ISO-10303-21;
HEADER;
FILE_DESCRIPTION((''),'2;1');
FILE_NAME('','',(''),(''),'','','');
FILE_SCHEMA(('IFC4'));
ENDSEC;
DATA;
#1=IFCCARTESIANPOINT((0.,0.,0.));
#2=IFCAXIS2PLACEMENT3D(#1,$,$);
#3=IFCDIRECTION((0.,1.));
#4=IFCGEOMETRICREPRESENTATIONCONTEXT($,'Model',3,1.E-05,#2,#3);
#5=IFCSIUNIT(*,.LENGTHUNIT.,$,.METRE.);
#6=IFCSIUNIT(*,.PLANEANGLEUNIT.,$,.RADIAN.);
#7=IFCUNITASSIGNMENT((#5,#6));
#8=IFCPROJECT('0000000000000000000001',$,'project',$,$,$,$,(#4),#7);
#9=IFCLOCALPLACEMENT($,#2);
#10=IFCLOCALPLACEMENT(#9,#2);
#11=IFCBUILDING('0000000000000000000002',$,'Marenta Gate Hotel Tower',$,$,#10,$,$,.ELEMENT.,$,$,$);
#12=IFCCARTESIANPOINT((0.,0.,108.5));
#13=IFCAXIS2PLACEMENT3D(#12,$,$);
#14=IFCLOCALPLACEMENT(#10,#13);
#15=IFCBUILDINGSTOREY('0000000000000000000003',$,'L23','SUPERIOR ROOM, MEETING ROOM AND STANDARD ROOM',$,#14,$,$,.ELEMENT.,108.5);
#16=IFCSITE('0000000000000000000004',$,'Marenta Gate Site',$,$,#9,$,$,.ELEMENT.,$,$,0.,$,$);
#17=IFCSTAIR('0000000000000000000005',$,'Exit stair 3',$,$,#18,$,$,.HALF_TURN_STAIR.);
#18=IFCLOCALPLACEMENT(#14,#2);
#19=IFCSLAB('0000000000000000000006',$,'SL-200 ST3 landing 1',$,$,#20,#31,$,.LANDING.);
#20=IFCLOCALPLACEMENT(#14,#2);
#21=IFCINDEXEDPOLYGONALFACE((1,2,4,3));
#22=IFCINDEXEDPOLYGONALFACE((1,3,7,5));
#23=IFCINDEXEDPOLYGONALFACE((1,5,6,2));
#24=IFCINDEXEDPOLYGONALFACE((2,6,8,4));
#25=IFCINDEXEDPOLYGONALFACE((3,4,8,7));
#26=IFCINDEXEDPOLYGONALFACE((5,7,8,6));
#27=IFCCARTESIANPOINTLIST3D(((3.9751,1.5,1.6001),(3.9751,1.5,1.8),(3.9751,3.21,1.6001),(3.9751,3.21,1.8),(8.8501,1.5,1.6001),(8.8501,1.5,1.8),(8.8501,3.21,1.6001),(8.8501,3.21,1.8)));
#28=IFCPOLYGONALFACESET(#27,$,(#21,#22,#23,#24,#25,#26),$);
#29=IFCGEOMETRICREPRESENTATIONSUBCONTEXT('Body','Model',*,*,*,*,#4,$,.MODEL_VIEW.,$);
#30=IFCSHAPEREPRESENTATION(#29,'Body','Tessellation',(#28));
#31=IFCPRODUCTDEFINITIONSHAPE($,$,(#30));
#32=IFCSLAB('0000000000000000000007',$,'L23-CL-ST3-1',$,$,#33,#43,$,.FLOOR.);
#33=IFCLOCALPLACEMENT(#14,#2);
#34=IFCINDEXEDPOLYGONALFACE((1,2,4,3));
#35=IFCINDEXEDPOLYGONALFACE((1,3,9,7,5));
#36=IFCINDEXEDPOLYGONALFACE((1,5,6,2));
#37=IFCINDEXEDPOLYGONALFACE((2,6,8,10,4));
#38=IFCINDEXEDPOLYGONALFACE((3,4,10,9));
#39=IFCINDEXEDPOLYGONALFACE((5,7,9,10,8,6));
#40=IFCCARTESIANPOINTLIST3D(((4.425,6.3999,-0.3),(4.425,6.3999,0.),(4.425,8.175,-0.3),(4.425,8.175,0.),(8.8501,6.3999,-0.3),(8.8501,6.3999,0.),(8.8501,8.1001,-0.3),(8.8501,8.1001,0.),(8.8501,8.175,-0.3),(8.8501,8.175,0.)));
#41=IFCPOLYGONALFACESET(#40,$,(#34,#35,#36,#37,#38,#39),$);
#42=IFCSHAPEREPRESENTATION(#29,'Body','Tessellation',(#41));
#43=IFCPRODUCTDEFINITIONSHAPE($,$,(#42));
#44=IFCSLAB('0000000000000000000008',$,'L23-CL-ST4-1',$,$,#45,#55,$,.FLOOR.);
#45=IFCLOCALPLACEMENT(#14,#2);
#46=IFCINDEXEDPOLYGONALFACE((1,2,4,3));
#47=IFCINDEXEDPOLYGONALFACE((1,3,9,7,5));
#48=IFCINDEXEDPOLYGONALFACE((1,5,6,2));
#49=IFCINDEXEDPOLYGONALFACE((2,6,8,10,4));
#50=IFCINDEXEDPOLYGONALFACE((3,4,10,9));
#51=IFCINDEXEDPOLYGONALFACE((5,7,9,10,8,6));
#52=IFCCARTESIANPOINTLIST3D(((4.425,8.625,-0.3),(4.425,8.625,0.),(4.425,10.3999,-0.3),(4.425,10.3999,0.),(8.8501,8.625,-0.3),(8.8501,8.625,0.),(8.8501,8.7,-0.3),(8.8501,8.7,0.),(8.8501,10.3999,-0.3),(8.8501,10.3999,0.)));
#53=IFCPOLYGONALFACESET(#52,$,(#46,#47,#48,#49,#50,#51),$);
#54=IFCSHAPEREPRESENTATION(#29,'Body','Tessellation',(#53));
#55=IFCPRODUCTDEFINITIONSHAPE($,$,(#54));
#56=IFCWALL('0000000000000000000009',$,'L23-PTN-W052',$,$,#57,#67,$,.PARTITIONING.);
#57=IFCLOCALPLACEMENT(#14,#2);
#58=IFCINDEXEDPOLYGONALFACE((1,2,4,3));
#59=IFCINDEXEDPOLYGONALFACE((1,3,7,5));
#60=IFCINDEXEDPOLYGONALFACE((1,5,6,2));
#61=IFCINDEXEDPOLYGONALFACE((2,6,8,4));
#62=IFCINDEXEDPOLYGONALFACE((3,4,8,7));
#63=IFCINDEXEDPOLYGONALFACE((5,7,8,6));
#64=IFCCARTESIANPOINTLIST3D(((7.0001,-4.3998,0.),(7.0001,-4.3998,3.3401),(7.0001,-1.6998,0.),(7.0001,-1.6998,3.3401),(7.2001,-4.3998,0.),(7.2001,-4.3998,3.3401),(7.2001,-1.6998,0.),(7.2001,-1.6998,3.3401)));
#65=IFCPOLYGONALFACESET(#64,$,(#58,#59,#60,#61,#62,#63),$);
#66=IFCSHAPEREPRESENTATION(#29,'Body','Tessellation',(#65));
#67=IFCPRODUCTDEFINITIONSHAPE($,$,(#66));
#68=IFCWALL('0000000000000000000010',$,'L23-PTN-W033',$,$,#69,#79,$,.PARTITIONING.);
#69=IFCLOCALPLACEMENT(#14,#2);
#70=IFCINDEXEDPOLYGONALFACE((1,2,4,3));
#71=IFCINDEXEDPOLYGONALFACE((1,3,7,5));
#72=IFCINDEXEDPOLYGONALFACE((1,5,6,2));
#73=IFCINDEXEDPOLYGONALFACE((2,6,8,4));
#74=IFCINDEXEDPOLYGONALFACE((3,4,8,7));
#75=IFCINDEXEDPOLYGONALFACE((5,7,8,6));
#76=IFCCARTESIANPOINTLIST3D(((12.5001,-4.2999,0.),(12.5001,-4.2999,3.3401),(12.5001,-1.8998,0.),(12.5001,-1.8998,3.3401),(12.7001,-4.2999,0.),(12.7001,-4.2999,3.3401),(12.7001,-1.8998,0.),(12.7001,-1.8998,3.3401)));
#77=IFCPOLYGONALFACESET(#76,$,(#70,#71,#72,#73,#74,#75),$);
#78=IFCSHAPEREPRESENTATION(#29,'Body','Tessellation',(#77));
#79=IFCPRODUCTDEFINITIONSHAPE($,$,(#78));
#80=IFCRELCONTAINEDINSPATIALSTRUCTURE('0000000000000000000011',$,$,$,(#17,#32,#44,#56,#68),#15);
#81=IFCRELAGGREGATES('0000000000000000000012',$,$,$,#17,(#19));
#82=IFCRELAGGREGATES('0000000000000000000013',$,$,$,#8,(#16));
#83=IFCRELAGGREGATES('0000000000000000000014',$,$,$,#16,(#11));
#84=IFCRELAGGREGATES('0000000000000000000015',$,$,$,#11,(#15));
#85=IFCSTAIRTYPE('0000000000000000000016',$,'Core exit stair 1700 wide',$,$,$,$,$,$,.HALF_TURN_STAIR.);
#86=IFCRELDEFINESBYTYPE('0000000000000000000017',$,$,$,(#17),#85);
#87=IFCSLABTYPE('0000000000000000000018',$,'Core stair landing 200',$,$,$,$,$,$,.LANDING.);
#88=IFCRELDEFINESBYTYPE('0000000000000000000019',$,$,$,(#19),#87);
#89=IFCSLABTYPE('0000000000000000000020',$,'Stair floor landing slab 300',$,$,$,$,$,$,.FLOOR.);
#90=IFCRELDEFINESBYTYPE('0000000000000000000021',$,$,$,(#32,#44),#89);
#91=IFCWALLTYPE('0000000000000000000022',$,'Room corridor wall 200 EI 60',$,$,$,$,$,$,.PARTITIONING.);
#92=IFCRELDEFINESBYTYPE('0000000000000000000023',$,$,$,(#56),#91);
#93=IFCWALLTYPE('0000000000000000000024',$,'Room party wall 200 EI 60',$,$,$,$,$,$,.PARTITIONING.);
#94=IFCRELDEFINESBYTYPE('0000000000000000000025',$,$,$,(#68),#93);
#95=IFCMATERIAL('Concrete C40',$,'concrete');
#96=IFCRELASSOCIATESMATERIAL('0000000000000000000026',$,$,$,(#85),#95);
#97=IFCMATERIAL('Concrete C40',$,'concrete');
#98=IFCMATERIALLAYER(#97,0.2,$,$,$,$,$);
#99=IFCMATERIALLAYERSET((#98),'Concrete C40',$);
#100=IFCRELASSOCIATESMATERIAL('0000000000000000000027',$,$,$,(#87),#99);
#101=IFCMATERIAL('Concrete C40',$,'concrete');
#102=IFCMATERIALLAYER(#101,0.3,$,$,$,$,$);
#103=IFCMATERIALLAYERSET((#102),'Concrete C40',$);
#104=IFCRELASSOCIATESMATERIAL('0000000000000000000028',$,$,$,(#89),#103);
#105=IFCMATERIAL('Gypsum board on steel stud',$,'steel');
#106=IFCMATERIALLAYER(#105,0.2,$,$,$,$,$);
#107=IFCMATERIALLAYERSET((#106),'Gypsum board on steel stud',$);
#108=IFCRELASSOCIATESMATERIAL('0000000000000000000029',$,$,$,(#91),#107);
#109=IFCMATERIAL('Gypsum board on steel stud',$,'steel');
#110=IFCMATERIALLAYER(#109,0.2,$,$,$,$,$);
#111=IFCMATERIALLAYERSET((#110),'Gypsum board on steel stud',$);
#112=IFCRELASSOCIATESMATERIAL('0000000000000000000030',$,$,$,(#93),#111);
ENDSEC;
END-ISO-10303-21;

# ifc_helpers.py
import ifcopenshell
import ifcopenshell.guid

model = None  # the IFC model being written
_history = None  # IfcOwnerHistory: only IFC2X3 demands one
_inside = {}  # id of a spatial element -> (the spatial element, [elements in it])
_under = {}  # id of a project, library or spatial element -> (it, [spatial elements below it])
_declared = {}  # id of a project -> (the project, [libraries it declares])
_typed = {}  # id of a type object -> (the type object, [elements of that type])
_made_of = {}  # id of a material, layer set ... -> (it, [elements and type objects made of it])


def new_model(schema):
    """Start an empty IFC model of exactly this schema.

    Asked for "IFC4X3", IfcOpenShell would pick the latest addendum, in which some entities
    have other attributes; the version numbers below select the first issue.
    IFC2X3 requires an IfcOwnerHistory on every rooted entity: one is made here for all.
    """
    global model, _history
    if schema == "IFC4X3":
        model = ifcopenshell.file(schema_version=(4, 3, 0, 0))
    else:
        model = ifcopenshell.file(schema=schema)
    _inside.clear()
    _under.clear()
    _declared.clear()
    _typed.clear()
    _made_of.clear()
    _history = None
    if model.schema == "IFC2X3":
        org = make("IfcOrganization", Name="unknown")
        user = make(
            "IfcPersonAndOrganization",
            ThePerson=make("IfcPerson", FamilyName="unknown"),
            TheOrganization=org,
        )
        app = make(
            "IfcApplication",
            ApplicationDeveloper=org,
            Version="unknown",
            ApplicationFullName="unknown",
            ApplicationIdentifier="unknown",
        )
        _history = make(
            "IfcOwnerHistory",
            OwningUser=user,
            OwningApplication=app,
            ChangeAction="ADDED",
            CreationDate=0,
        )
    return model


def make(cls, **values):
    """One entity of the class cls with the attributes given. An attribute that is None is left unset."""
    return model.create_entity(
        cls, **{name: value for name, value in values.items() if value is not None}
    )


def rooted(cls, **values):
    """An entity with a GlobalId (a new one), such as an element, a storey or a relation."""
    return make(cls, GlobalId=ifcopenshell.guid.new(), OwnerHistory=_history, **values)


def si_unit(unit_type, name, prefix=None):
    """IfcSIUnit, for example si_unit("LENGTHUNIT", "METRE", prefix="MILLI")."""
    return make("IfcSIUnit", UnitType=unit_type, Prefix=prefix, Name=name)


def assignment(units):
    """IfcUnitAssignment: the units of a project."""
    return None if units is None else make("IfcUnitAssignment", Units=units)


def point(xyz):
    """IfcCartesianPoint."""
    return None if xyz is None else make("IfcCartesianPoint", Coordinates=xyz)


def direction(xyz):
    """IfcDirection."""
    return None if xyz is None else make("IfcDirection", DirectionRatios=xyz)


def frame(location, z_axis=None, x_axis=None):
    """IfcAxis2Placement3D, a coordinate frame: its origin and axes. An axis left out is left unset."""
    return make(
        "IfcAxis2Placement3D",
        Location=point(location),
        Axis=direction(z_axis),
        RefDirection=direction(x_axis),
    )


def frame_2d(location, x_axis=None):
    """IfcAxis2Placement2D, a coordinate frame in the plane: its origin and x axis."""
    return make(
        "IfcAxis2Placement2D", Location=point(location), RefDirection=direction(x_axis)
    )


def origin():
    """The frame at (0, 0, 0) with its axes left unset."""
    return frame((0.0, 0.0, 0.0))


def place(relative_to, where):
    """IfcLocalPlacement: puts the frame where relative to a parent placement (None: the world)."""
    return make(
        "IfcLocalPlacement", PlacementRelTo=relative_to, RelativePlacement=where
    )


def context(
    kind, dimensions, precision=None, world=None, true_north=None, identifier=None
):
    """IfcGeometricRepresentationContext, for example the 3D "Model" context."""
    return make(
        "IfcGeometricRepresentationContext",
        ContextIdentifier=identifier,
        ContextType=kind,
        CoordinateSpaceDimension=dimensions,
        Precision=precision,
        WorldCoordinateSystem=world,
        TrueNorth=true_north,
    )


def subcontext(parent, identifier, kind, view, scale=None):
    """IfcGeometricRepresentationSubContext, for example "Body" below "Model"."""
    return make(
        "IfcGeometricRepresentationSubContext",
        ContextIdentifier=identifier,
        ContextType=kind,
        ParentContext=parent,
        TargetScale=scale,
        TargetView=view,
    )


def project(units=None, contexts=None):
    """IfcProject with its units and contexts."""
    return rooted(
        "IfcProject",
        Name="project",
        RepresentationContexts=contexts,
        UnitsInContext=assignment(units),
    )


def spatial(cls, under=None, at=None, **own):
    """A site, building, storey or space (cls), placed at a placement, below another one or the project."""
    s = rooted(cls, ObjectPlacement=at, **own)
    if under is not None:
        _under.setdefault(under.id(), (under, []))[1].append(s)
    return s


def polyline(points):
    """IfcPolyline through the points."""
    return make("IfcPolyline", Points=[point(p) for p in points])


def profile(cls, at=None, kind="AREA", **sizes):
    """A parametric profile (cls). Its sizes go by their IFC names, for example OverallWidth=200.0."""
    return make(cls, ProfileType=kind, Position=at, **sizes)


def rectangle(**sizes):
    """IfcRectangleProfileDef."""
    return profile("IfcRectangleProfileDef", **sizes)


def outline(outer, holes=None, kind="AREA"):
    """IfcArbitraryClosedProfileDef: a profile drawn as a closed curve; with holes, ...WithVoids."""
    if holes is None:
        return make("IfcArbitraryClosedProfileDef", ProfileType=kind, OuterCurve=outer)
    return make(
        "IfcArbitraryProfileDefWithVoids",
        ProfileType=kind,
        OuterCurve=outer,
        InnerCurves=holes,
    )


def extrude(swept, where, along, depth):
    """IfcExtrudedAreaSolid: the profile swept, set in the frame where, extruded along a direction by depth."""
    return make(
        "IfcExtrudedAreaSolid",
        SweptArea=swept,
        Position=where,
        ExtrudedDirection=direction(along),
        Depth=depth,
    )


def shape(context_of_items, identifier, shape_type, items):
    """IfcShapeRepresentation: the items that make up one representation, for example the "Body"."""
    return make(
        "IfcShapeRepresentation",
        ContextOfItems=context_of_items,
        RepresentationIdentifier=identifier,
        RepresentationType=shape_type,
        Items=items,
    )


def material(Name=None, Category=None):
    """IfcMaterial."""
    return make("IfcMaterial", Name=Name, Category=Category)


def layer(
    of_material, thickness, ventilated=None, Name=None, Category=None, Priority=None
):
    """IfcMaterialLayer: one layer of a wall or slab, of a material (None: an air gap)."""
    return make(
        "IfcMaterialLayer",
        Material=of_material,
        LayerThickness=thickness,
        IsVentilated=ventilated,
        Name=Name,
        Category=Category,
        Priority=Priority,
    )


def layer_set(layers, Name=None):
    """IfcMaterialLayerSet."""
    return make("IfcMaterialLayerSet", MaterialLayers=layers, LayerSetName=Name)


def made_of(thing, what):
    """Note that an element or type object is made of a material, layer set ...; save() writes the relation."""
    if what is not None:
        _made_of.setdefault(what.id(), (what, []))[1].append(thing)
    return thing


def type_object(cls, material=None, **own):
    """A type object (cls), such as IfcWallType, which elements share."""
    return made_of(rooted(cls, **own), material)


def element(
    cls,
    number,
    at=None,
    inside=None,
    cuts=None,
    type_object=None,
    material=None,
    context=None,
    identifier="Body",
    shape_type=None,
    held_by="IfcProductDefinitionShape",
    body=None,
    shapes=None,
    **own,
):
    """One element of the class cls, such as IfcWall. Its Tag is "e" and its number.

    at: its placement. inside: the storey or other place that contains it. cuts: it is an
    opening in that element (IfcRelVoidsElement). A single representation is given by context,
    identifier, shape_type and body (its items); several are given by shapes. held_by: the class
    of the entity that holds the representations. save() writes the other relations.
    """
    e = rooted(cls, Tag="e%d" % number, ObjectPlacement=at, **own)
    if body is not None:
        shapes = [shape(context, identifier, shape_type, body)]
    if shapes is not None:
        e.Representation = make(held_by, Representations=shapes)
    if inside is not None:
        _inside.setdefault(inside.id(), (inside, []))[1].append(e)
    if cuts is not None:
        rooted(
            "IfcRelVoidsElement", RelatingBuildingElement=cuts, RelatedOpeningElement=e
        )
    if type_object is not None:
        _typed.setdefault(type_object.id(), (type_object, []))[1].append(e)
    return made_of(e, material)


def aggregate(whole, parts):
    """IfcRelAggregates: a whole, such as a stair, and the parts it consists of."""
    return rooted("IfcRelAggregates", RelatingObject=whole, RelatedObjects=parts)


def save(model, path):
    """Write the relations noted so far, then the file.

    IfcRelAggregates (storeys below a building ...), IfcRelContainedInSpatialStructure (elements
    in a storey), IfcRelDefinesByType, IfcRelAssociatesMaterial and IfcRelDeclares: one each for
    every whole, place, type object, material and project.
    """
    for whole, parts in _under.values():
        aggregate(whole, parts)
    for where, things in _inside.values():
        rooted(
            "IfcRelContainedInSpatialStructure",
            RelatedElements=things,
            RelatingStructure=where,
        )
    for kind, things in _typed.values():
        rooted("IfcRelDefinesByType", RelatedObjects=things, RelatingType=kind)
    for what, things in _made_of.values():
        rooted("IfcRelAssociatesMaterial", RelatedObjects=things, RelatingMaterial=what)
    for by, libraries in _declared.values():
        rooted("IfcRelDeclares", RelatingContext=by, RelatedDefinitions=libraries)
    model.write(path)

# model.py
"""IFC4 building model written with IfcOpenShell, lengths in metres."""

from ifc_helpers import new_model, si_unit, direction, frame, frame_2d, origin, place, context, subcontext, project, spatial, polyline, rectangle, outline, extrude, material, layer, layer_set, type_object, element, aggregate, save


model = new_model("IFC4")

# Units and contexts
model_context = context("Model", 3, precision=1e-05, world=origin(), true_north=direction((0.0, 1.0)))
body_context = subcontext(model_context, "Body", "Model", "MODEL_VIEW")
ifc_project = project(units=[si_unit("LENGTHUNIT", "METRE"), si_unit("PLANEANGLEUNIT", "RADIAN")], contexts=[model_context])

# Site, building, storey
site_placement = place(None, origin())
site = spatial("IfcSite", under=ifc_project, at=site_placement, Name="Marenta Gate Site", CompositionType="ELEMENT", RefElevation=0.0)
building_placement = place(site_placement, origin())
building = spatial("IfcBuilding", under=site, at=building_placement, Name="Marenta Gate Hotel Tower", CompositionType="ELEMENT")
storey_placement = place(building_placement, frame((0.0, 0.0, 108.5)))
storey = spatial("IfcBuildingStorey", under=building, at=storey_placement, Name="L23", Description="SUPERIOR ROOM, MEETING ROOM AND STANDARD ROOM", CompositionType="ELEMENT", Elevation=108.5)

# Stair, slab
ifc_material_1 = material(Name="Concrete C40", Category="concrete")
stair_type = type_object("IfcStairType", Name="Core exit stair 1700 wide", PredefinedType="HALF_TURN_STAIR", material=ifc_material_1)
ifc_material_2 = material(Name="Concrete C40", Category="concrete")
ifc_layer_1 = layer(ifc_material_2, 0.2)
ifc_layer_set_1 = layer_set([ifc_layer_1], Name="Concrete C40")
slab_type_1 = type_object("IfcSlabType", Name="Core stair landing 200", PredefinedType="LANDING", material=ifc_layer_set_1)
stair_1_placement = place(storey_placement, origin())
stair_1 = element("IfcStair", 1, at=stair_1_placement, inside=storey, type_object=stair_type, Name="Exit stair 3", PredefinedType="HALF_TURN_STAIR")
slab_1_placement = place(storey_placement, frame((0.0, 0.0, 1.6001)))
slab_1 = element("IfcSlab", 2, at=slab_1_placement, type_object=slab_type_1, Name="SL-200 ST3 landing 1", PredefinedType="LANDING", context=body_context, shape_type="SweptSolid", body=[
    extrude(outline(polyline([(3.9751, 1.5), (8.8501, 1.5), (8.8501, 3.21), (3.9751, 3.21), (3.9751, 1.5)])), origin(), (0.0, 0.0, 1.0), 0.2),
])
aggregate(stair_1, [slab_1])

# Slabs
ifc_material_3 = material(Name="Concrete C40", Category="concrete")
ifc_layer_2 = layer(ifc_material_3, 0.3)
ifc_layer_set_2 = layer_set([ifc_layer_2], Name="Concrete C40")
slab_type_2 = type_object("IfcSlabType", Name="Stair floor landing slab 300", PredefinedType="FLOOR", material=ifc_layer_set_2)
slab_2_placement = place(storey_placement, frame((0.0, 0.0, -0.3)))
element("IfcSlab", 3, at=slab_2_placement, inside=storey, type_object=slab_type_2, Name="L23-CL-ST3-1", PredefinedType="FLOOR", context=body_context, shape_type="SweptSolid", body=[
    extrude(outline(polyline([(4.425, 6.3999), (4.425, 8.175), (8.8501, 8.175), (8.8501, 8.1001), (8.8501, 6.3999), (4.425, 6.3999)])), origin(), (0.0, 0.0, 1.0), 0.3),
])
slab_3_placement = place(storey_placement, frame((0.0, 0.0, -0.3)))
element("IfcSlab", 4, at=slab_3_placement, inside=storey, type_object=slab_type_2, Name="L23-CL-ST4-1", PredefinedType="FLOOR", context=body_context, shape_type="SweptSolid", body=[
    extrude(outline(polyline([(4.425, 8.625), (4.425, 10.3999), (8.8501, 10.3999), (8.8501, 8.7), (8.8501, 8.625), (4.425, 8.625)])), origin(), (0.0, 0.0, 1.0), 0.3),
])

# Shared definitions
ifc_material_4 = material(Name="Gypsum board on steel stud", Category="steel")
ifc_layer_3 = layer(ifc_material_4, 0.2)
ifc_layer_set_3 = layer_set([ifc_layer_3], Name="Gypsum board on steel stud")
wall_type_1 = type_object("IfcWallType", Name="Room corridor wall 200 EI 60", PredefinedType="PARTITIONING", material=ifc_layer_set_3)

# Wall
wall_1_placement = place(storey_placement, frame((7.1001, -4.3999, 0.0), z_axis=(0.0, 0.0, 1.0), x_axis=(0.0, 1.0, 0.0)))
element("IfcWall", 5, at=wall_1_placement, inside=storey, type_object=wall_type_1, Name="L23-PTN-W052", PredefinedType="PARTITIONING", context=body_context, shape_type="SweptSolid", body=[
    extrude(rectangle(XDim=2.7, YDim=0.2, at=frame_2d((1.3501, 0.0))), origin(), (0.0, 0.0, 1.0), 3.3401),
])

# Wall
ifc_material_5 = material(Name="Gypsum board on steel stud", Category="steel")
ifc_layer_4 = layer(ifc_material_5, 0.2)
ifc_layer_set_4 = layer_set([ifc_layer_4], Name="Gypsum board on steel stud")
wall_type_2 = type_object("IfcWallType", Name="Room party wall 200 EI 60", PredefinedType="PARTITIONING", material=ifc_layer_set_4)
wall_2_placement = place(storey_placement, frame((12.6001, -4.3, 0.0), z_axis=(0.0, 0.0, 1.0), x_axis=(0.0, 1.0, 0.0)))
element("IfcWall", 6, at=wall_2_placement, inside=storey, type_object=wall_type_2, Name="L23-PTN-W033", PredefinedType="PARTITIONING", context=body_context, shape_type="SweptSolid", body=[
    extrude(rectangle(XDim=2.4001, YDim=0.2, at=frame_2d((1.2002, 0.0))), origin(), (0.0, 0.0, 1.0), 3.3401),
])

save(model, "model.ifc")
